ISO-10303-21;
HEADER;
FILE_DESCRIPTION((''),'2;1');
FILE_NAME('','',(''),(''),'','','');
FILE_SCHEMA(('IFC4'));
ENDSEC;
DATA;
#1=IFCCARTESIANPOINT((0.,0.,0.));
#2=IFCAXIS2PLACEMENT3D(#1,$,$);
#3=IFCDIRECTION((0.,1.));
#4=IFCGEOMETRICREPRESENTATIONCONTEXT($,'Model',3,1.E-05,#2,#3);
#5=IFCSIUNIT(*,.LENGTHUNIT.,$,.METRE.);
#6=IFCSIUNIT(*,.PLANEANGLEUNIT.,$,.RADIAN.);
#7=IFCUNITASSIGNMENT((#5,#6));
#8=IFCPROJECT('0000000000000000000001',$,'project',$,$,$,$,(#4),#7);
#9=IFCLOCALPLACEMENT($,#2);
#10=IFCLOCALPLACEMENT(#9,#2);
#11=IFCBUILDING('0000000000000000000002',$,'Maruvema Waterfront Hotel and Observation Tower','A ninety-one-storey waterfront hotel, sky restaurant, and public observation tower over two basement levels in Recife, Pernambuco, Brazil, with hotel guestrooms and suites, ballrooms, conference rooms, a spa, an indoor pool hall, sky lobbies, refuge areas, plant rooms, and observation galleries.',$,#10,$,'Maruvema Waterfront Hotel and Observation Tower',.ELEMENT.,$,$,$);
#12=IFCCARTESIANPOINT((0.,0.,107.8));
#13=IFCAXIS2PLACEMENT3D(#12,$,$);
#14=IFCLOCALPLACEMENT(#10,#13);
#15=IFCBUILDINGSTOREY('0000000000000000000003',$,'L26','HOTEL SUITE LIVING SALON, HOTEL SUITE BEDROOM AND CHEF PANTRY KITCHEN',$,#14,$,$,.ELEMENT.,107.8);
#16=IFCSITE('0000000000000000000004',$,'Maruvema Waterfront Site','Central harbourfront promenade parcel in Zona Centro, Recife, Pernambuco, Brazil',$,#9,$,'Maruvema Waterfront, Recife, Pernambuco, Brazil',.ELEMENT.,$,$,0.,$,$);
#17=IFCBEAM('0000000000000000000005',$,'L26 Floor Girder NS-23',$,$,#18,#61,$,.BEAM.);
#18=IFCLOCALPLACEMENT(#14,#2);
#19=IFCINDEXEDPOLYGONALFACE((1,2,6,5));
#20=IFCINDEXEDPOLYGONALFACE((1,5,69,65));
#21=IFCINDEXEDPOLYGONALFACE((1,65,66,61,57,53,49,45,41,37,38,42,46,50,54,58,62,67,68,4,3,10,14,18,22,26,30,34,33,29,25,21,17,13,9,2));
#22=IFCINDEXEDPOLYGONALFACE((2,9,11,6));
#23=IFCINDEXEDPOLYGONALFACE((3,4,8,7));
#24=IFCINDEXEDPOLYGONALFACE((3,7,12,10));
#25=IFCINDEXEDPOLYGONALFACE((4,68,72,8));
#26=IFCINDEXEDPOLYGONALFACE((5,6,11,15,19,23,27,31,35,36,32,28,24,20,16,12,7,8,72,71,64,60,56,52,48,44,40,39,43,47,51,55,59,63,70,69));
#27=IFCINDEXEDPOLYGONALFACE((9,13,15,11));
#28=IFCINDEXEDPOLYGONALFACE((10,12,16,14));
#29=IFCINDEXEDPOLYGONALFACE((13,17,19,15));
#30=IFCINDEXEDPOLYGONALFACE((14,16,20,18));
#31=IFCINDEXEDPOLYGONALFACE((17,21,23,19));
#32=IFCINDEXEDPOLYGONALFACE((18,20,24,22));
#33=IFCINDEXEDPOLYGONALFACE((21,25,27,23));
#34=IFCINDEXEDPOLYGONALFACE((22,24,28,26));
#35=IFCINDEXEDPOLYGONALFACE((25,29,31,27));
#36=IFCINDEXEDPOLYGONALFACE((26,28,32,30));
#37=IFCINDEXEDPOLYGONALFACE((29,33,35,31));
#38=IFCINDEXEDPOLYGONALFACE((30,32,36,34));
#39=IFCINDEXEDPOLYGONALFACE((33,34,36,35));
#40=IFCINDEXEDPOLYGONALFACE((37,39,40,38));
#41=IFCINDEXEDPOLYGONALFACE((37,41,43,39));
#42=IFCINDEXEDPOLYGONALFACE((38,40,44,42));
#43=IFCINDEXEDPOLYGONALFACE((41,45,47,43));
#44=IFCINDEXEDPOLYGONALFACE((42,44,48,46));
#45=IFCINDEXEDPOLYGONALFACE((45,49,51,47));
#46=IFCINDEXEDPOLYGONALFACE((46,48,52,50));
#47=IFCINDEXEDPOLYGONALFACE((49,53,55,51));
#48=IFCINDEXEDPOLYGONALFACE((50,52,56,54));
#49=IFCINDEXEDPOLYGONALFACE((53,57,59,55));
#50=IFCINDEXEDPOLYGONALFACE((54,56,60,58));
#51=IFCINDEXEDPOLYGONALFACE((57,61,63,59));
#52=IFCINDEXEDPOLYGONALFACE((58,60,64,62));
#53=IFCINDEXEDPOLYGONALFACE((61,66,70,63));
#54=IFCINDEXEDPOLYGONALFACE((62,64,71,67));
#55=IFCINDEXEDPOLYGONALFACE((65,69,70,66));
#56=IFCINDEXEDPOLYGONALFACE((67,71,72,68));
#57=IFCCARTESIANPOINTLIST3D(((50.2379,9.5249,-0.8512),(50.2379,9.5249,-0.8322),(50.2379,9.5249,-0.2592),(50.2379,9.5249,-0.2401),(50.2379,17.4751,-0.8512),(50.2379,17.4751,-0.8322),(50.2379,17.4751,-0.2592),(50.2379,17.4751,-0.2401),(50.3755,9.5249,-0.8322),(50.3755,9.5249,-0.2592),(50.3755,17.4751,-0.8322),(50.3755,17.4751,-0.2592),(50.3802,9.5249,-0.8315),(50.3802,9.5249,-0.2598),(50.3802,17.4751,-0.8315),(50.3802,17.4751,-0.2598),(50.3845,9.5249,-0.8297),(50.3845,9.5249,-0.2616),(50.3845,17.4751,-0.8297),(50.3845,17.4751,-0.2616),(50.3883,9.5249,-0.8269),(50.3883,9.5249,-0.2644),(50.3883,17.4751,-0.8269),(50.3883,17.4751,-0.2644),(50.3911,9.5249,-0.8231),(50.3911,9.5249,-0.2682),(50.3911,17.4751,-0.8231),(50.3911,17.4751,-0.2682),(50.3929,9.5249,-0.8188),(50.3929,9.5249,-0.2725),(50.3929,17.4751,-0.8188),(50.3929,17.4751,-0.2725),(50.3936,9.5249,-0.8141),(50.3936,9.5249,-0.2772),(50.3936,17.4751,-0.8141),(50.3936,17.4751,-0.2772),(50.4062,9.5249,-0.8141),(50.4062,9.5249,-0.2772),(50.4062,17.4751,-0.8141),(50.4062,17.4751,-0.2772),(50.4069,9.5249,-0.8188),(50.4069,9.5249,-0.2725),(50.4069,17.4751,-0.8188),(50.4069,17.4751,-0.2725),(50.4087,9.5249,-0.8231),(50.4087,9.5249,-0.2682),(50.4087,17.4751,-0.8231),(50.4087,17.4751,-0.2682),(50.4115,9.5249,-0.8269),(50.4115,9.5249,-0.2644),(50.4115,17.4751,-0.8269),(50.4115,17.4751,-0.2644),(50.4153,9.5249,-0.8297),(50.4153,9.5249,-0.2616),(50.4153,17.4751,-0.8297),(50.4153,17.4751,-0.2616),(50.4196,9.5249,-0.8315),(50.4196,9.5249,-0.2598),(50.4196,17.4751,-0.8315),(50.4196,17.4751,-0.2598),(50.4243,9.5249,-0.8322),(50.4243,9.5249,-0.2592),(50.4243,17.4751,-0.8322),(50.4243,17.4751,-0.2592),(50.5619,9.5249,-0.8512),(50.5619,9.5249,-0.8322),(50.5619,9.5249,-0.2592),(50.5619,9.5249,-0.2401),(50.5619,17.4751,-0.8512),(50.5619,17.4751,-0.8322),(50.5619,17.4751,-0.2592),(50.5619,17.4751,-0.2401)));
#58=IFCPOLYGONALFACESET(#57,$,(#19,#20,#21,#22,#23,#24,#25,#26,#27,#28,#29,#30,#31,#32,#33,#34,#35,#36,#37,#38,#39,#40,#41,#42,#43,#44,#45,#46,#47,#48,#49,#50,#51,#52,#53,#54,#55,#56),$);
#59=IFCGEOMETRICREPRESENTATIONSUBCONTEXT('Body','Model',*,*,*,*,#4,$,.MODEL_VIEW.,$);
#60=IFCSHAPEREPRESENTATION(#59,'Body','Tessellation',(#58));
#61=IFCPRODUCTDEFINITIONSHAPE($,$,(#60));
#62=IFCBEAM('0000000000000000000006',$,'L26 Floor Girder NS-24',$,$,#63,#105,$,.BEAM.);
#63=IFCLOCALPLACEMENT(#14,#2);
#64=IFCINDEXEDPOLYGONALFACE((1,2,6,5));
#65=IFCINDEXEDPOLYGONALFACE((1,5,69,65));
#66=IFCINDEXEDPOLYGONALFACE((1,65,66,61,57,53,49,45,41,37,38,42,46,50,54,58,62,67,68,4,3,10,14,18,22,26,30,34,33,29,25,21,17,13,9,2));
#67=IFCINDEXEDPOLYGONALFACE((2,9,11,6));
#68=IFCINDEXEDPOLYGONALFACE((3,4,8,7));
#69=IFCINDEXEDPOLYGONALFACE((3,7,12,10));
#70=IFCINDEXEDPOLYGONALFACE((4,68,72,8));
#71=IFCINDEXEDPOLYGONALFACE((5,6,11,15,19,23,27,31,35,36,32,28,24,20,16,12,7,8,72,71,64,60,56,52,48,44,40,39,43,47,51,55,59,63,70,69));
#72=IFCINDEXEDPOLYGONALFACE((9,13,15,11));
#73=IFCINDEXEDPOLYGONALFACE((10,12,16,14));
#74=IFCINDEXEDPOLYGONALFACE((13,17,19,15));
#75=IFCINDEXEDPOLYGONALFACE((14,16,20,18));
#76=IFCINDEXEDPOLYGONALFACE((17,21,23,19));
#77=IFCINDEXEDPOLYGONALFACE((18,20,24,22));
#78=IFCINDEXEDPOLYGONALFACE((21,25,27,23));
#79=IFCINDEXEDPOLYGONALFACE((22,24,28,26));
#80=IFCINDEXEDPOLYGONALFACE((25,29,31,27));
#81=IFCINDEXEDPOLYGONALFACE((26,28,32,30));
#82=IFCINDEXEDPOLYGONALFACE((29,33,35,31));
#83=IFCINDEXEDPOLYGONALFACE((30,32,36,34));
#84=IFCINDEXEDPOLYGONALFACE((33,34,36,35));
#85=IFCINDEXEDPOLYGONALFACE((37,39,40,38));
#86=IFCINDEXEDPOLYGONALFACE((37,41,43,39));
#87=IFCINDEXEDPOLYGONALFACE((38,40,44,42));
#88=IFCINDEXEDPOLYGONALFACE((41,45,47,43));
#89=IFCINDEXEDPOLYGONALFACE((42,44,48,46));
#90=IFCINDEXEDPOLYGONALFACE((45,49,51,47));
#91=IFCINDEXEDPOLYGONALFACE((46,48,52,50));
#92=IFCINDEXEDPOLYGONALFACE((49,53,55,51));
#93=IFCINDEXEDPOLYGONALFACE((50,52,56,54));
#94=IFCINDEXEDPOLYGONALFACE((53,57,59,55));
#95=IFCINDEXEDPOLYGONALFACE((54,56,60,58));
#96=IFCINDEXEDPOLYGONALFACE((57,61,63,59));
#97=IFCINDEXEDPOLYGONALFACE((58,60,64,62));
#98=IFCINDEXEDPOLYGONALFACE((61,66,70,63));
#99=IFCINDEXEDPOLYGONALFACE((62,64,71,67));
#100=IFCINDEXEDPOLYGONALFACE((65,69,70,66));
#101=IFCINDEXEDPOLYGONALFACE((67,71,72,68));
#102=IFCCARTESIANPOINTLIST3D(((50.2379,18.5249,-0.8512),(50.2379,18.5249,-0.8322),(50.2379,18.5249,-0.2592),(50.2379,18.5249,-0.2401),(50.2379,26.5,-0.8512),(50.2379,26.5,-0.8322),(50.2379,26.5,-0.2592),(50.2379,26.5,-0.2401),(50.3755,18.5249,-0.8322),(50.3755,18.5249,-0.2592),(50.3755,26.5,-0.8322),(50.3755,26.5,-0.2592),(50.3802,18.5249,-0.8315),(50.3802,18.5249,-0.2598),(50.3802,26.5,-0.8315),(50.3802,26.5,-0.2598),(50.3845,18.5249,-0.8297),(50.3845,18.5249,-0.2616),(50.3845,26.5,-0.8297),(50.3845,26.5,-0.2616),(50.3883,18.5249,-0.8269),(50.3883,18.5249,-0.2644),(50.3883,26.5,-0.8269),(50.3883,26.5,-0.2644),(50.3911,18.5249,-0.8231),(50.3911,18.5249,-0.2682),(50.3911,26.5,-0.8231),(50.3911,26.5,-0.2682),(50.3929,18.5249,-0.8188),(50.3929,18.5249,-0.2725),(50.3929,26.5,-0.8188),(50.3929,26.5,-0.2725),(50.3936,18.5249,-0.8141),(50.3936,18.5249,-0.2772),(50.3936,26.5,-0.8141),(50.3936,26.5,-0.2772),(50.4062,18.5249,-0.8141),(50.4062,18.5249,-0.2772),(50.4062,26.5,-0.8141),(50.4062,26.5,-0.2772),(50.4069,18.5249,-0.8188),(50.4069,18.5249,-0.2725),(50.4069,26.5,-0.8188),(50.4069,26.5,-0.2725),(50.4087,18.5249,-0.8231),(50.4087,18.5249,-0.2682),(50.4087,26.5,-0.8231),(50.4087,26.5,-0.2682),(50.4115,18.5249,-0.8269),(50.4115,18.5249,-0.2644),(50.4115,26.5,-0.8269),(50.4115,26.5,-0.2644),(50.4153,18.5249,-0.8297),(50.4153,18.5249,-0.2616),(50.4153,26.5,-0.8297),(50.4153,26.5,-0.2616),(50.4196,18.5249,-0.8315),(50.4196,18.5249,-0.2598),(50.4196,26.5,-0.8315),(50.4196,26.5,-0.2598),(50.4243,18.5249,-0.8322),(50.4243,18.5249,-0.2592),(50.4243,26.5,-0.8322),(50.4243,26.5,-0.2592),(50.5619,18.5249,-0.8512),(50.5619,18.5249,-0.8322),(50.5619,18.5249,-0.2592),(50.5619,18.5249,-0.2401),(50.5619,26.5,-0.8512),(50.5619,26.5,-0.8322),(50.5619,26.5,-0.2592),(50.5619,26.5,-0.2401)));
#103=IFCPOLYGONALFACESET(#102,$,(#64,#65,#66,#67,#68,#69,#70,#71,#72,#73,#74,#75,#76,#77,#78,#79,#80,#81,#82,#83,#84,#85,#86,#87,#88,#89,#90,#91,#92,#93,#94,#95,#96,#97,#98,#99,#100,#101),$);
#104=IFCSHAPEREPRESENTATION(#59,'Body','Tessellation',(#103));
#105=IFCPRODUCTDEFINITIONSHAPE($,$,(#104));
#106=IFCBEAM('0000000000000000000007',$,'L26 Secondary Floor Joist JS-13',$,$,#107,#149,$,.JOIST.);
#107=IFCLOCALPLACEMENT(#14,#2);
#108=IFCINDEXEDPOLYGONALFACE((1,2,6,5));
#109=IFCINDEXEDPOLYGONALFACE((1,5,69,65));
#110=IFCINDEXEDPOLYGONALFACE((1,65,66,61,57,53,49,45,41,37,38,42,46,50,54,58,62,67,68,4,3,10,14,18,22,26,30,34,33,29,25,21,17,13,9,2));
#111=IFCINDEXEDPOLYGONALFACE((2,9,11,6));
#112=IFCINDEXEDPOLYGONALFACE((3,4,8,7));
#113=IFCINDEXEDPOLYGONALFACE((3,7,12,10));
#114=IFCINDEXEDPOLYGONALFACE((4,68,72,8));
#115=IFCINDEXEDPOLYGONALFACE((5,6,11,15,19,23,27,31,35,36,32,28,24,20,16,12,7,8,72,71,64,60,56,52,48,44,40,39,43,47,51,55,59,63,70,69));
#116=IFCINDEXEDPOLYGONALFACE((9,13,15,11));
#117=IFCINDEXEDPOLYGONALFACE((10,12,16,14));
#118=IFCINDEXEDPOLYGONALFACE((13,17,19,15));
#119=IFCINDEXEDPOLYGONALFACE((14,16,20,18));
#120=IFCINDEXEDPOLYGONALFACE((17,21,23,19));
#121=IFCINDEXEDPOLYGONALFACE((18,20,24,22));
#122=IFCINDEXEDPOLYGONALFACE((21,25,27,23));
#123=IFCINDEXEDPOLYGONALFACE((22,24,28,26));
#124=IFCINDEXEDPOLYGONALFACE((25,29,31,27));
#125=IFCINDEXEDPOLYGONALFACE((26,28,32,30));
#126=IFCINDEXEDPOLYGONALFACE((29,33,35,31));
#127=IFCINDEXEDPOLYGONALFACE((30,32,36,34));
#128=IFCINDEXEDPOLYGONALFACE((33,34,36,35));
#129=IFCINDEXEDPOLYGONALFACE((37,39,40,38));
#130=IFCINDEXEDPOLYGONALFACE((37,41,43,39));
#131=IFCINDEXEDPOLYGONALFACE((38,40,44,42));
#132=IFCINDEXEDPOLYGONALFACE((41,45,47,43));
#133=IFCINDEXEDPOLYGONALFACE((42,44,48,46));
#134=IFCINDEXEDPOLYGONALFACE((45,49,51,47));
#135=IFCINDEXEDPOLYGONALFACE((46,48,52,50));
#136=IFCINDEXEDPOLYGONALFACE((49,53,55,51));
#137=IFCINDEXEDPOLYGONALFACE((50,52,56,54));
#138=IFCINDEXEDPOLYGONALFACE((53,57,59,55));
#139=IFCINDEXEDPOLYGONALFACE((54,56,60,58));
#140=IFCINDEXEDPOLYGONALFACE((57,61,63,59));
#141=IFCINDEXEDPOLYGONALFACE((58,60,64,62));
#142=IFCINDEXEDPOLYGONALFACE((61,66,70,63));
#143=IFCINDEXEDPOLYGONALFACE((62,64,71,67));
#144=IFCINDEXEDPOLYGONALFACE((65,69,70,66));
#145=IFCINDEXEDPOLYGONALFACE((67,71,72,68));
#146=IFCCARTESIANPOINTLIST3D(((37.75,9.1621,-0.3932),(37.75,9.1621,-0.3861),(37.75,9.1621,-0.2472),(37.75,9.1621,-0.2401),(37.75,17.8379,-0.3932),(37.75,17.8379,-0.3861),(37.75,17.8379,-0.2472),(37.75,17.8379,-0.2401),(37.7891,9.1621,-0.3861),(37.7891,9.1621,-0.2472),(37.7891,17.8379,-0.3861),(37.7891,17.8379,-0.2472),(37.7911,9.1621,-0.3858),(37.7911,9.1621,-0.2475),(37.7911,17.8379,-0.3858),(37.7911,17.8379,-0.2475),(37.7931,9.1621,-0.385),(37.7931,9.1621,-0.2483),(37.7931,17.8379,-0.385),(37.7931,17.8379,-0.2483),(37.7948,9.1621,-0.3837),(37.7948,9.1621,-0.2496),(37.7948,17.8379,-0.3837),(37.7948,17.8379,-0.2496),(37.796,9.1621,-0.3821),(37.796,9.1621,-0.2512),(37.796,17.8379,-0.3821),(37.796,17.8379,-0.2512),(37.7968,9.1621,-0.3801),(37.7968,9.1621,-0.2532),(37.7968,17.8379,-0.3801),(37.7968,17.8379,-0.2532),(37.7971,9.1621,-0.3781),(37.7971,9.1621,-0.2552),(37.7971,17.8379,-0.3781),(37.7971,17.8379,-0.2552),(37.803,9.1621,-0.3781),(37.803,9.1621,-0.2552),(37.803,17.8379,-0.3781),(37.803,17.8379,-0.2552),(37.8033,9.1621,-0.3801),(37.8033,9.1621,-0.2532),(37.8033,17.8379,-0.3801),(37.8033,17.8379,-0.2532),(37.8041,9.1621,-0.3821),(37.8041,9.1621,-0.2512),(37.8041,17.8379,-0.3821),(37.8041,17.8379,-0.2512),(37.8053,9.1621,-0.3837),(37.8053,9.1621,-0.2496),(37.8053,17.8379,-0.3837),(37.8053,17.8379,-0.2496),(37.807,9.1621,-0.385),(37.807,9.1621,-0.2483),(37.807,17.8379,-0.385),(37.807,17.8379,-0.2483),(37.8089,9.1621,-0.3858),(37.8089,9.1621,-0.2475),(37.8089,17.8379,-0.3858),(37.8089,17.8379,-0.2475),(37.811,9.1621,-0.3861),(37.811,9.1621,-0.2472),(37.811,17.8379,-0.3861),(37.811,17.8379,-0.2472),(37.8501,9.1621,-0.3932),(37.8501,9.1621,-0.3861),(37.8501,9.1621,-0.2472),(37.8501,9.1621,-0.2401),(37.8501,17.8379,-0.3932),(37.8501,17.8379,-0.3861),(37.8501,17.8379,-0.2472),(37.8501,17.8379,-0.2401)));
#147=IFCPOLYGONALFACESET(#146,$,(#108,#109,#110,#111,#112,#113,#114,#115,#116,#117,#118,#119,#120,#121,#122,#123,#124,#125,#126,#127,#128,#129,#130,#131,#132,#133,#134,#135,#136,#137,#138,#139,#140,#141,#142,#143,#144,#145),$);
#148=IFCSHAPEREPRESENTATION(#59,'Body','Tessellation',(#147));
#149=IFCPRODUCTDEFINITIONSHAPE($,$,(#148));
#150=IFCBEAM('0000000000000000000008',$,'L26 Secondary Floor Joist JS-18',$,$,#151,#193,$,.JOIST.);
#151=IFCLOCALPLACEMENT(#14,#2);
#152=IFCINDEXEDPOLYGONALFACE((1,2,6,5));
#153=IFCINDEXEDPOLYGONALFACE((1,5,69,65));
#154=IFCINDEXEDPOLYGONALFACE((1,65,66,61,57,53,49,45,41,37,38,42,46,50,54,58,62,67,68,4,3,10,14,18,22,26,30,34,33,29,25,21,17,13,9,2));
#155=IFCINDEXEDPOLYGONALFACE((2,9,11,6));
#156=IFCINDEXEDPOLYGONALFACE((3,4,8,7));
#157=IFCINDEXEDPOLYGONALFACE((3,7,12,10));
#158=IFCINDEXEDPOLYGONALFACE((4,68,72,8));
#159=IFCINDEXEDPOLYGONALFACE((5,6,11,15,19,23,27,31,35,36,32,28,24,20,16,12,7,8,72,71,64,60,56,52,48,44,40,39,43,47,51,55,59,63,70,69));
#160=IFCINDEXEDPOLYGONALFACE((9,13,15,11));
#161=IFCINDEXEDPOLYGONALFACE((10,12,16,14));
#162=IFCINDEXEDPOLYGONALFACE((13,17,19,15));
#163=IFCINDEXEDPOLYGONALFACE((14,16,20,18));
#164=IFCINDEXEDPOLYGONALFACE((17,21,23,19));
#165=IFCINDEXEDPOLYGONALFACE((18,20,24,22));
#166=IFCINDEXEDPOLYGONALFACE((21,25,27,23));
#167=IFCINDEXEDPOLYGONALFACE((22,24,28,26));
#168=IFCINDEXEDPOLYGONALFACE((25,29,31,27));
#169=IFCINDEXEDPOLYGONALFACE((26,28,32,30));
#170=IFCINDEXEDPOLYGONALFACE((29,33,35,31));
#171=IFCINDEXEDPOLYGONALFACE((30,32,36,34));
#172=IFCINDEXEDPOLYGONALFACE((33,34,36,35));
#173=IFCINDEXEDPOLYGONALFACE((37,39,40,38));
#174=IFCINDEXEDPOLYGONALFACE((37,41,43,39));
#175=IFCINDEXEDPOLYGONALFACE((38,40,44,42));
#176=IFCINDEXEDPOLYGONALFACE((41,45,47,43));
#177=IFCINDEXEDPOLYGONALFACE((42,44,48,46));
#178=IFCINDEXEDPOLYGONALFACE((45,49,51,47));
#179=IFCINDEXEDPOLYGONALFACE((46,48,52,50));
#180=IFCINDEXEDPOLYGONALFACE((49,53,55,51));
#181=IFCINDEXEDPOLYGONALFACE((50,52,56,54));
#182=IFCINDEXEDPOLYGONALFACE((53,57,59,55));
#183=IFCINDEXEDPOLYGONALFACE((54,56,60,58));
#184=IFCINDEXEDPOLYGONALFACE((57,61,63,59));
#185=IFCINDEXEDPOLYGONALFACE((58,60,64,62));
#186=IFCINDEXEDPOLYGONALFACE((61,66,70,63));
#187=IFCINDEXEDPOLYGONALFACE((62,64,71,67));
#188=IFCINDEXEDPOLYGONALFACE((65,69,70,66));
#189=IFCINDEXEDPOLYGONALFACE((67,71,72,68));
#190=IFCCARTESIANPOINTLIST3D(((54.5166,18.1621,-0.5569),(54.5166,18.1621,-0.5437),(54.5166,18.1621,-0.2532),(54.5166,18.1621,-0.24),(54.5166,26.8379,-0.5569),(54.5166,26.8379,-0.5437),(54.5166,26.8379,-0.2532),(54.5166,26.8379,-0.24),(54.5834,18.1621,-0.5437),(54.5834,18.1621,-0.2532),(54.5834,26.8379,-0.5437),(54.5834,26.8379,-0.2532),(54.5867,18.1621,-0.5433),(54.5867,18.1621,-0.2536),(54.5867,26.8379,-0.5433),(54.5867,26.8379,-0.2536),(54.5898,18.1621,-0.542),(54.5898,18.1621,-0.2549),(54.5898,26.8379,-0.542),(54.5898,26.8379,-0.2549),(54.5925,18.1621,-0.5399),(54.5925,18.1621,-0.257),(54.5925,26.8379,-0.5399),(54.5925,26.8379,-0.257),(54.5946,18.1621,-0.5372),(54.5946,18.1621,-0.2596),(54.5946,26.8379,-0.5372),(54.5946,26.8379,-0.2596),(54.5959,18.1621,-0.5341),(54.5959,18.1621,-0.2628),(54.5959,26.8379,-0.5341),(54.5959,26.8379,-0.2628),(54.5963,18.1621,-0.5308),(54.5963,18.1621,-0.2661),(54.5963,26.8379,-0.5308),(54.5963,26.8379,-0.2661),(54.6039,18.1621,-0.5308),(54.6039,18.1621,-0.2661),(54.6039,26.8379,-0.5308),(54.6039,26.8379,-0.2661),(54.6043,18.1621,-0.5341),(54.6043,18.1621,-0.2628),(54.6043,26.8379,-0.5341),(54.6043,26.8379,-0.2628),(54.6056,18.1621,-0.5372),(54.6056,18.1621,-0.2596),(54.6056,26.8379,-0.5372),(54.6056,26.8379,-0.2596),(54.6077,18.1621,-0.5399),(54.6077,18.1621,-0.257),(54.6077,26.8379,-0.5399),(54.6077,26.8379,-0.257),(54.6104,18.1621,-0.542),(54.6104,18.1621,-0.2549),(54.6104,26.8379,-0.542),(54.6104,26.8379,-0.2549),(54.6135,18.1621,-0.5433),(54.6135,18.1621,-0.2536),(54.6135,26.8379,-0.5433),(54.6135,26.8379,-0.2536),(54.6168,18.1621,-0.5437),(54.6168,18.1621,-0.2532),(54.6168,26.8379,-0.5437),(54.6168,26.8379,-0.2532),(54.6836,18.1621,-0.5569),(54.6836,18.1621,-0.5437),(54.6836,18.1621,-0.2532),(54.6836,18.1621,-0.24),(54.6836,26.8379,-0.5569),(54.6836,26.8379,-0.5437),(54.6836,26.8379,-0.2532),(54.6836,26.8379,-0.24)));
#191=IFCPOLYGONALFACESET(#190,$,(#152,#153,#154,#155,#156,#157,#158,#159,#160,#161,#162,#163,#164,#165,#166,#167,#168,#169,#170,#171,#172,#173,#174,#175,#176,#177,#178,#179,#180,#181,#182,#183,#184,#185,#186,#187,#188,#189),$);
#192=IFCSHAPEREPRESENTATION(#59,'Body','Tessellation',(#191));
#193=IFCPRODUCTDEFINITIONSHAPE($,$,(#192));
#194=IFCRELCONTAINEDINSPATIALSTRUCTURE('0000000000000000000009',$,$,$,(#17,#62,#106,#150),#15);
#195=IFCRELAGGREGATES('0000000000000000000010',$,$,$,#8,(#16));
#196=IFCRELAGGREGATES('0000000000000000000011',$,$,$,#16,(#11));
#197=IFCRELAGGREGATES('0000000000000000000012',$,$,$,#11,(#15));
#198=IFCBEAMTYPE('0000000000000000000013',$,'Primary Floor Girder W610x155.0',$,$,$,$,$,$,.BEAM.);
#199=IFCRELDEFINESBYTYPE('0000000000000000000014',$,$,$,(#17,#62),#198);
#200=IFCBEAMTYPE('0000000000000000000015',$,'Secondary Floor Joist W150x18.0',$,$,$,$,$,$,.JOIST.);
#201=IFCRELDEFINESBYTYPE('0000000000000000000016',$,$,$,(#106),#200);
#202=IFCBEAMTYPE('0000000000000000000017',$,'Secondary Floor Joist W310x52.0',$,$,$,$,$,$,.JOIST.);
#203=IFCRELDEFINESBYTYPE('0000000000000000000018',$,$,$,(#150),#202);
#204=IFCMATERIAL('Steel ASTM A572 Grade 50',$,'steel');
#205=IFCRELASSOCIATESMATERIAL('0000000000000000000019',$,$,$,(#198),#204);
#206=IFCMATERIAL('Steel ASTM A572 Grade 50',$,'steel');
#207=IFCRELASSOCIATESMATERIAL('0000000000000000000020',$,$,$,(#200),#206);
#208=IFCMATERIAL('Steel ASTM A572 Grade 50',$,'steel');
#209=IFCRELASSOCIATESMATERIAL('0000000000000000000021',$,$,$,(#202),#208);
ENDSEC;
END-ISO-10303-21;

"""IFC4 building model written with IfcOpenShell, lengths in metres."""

from ifc_helpers import new_model, si_unit, direction, frame, origin, origin_2d, place, context, subcontext, project, spatial, i_section, extrude, material, material_profile, profile_set, type_object, element, save


model = new_model("IFC4")

# Units and contexts
model_context = context("Model", 3, precision=1e-05, world=origin(), true_north=direction((0.0, 1.0)))
body_context = subcontext(model_context, "Body", "Model", "MODEL_VIEW")
ifc_project = project(units=[si_unit("LENGTHUNIT", "METRE"), si_unit("PLANEANGLEUNIT", "RADIAN")], contexts=[model_context])

# Site, building, storey
site_placement = place(None, origin())
site = spatial("IfcSite", under=ifc_project, at=site_placement, Name="Maruvema Waterfront Site", Description="Central harbourfront promenade parcel in Zona Centro, Recife, Pernambuco, Brazil", LongName="Maruvema Waterfront, Recife, Pernambuco, Brazil", CompositionType="ELEMENT", RefElevation=0.0)
building_placement = place(site_placement, origin())
building = spatial("IfcBuilding", under=site, at=building_placement, Name="Maruvema Waterfront Hotel and Observation Tower", Description="A ninety-one-storey waterfront hotel, sky restaurant, and public observation tower over two basement levels in Recife, Pernambuco, Brazil, with hotel guestrooms and suites, ballrooms, conference rooms, a spa, an indoor pool hall, sky lobbies, refuge areas, plant rooms, and observation galleries.", LongName="Maruvema Waterfront Hotel and Observation Tower", CompositionType="ELEMENT")
storey_placement = place(building_placement, frame((0.0, 0.0, 107.8)))
storey = spatial("IfcBuildingStorey", under=building, at=storey_placement, Name="L26", Description="HOTEL SUITE LIVING SALON, HOTEL SUITE BEDROOM AND CHEF PANTRY KITCHEN", CompositionType="ELEMENT", Elevation=107.8)

# Beams
ifc_material_1 = material(Name="Steel ASTM A572 Grade 50", Category="steel")
ifc_material_profile_1 = material_profile(ifc_material_1, i_section(OverallWidth=0.324, OverallDepth=0.6111, WebThickness=0.0127, FlangeThickness=0.019, FilletRadius=0.0181, at=origin_2d()), Name="W610x155.0")
ifc_profile_set_1 = profile_set([ifc_material_profile_1], Name="Steel ASTM A572 Grade 50")
beam_type_1 = type_object("IfcBeamType", Name="Primary Floor Girder W610x155.0", PredefinedType="BEAM", material=ifc_profile_set_1)
beam_1_placement = place(storey_placement, frame((50.3999, 9.5249, -0.5457), z_axis=(0.0, 1.0, 0.0), x_axis=(-1.0, 0.0, 0.0)))
element("IfcBeam", 1, at=beam_1_placement, inside=storey, type_object=beam_type_1, Name="L26 Floor Girder NS-23", PredefinedType="BEAM", context=body_context, shape_type="SweptSolid", body=[
    extrude(i_section(OverallWidth=0.324, OverallDepth=0.6111, WebThickness=0.0127, FlangeThickness=0.019, FilletRadius=0.0181, at=origin_2d()), origin(), (0.0, 0.0, 1.0), 7.9502),
])
beam_2_placement = place(storey_placement, frame((50.3999, 18.5249, -0.5457), z_axis=(0.0, 1.0, 0.0), x_axis=(-1.0, 0.0, 0.0)))
element("IfcBeam", 2, at=beam_2_placement, inside=storey, type_object=beam_type_1, Name="L26 Floor Girder NS-24", PredefinedType="BEAM", context=body_context, shape_type="SweptSolid", body=[
    extrude(i_section(OverallWidth=0.324, OverallDepth=0.6111, WebThickness=0.0127, FlangeThickness=0.019, FilletRadius=0.0181, at=origin_2d()), origin(), (0.0, 0.0, 1.0), 7.9751),
])
ifc_material_2 = material(Name="Steel ASTM A572 Grade 50", Category="steel")
ifc_material_profile_2 = material_profile(ifc_material_2, i_section(OverallWidth=0.1001, OverallDepth=0.1531, WebThickness=0.0059, FlangeThickness=0.0071, FilletRadius=0.0081, at=origin_2d()), Name="W150x18.0")
ifc_profile_set_2 = profile_set([ifc_material_profile_2], Name="Steel ASTM A572 Grade 50")
beam_type_2 = type_object("IfcBeamType", Name="Secondary Floor Joist W150x18.0", PredefinedType="JOIST", material=ifc_profile_set_2)
beam_3_placement = place(storey_placement, frame((37.8, 9.1621, -0.3167), z_axis=(0.0, 1.0, 0.0), x_axis=(-1.0, 0.0, 0.0)))
element("IfcBeam", 3, at=beam_3_placement, inside=storey, type_object=beam_type_2, Name="L26 Secondary Floor Joist JS-13", PredefinedType="JOIST", context=body_context, shape_type="SweptSolid", body=[
    extrude(i_section(OverallWidth=0.1001, OverallDepth=0.1531, WebThickness=0.0059, FlangeThickness=0.0071, FilletRadius=0.0081, at=origin_2d()), origin(), (0.0, 0.0, 1.0), 8.6758),
])
ifc_material_3 = material(Name="Steel ASTM A572 Grade 50", Category="steel")
ifc_material_profile_3 = material_profile(ifc_material_3, i_section(OverallWidth=0.167, OverallDepth=0.3169, WebThickness=0.0076, FlangeThickness=0.0132, FilletRadius=0.0129, at=origin_2d()), Name="W310x52.0")
ifc_profile_set_3 = profile_set([ifc_material_profile_3], Name="Steel ASTM A572 Grade 50")
beam_type_3 = type_object("IfcBeamType", Name="Secondary Floor Joist W310x52.0", PredefinedType="JOIST", material=ifc_profile_set_3)
beam_4_placement = place(storey_placement, frame((54.6001, 18.1621, -0.3984), z_axis=(0.0, 1.0, 0.0), x_axis=(-1.0, 0.0, 0.0)))
element("IfcBeam", 4, at=beam_4_placement, inside=storey, type_object=beam_type_3, Name="L26 Secondary Floor Joist JS-18", PredefinedType="JOIST", context=body_context, shape_type="SweptSolid", body=[
    extrude(i_section(OverallWidth=0.167, OverallDepth=0.3169, WebThickness=0.0076, FlangeThickness=0.0132, FilletRadius=0.0129, at=origin_2d()), origin(), (0.0, 0.0, 1.0), 8.6758),
])

save(model, "model.ifc")
